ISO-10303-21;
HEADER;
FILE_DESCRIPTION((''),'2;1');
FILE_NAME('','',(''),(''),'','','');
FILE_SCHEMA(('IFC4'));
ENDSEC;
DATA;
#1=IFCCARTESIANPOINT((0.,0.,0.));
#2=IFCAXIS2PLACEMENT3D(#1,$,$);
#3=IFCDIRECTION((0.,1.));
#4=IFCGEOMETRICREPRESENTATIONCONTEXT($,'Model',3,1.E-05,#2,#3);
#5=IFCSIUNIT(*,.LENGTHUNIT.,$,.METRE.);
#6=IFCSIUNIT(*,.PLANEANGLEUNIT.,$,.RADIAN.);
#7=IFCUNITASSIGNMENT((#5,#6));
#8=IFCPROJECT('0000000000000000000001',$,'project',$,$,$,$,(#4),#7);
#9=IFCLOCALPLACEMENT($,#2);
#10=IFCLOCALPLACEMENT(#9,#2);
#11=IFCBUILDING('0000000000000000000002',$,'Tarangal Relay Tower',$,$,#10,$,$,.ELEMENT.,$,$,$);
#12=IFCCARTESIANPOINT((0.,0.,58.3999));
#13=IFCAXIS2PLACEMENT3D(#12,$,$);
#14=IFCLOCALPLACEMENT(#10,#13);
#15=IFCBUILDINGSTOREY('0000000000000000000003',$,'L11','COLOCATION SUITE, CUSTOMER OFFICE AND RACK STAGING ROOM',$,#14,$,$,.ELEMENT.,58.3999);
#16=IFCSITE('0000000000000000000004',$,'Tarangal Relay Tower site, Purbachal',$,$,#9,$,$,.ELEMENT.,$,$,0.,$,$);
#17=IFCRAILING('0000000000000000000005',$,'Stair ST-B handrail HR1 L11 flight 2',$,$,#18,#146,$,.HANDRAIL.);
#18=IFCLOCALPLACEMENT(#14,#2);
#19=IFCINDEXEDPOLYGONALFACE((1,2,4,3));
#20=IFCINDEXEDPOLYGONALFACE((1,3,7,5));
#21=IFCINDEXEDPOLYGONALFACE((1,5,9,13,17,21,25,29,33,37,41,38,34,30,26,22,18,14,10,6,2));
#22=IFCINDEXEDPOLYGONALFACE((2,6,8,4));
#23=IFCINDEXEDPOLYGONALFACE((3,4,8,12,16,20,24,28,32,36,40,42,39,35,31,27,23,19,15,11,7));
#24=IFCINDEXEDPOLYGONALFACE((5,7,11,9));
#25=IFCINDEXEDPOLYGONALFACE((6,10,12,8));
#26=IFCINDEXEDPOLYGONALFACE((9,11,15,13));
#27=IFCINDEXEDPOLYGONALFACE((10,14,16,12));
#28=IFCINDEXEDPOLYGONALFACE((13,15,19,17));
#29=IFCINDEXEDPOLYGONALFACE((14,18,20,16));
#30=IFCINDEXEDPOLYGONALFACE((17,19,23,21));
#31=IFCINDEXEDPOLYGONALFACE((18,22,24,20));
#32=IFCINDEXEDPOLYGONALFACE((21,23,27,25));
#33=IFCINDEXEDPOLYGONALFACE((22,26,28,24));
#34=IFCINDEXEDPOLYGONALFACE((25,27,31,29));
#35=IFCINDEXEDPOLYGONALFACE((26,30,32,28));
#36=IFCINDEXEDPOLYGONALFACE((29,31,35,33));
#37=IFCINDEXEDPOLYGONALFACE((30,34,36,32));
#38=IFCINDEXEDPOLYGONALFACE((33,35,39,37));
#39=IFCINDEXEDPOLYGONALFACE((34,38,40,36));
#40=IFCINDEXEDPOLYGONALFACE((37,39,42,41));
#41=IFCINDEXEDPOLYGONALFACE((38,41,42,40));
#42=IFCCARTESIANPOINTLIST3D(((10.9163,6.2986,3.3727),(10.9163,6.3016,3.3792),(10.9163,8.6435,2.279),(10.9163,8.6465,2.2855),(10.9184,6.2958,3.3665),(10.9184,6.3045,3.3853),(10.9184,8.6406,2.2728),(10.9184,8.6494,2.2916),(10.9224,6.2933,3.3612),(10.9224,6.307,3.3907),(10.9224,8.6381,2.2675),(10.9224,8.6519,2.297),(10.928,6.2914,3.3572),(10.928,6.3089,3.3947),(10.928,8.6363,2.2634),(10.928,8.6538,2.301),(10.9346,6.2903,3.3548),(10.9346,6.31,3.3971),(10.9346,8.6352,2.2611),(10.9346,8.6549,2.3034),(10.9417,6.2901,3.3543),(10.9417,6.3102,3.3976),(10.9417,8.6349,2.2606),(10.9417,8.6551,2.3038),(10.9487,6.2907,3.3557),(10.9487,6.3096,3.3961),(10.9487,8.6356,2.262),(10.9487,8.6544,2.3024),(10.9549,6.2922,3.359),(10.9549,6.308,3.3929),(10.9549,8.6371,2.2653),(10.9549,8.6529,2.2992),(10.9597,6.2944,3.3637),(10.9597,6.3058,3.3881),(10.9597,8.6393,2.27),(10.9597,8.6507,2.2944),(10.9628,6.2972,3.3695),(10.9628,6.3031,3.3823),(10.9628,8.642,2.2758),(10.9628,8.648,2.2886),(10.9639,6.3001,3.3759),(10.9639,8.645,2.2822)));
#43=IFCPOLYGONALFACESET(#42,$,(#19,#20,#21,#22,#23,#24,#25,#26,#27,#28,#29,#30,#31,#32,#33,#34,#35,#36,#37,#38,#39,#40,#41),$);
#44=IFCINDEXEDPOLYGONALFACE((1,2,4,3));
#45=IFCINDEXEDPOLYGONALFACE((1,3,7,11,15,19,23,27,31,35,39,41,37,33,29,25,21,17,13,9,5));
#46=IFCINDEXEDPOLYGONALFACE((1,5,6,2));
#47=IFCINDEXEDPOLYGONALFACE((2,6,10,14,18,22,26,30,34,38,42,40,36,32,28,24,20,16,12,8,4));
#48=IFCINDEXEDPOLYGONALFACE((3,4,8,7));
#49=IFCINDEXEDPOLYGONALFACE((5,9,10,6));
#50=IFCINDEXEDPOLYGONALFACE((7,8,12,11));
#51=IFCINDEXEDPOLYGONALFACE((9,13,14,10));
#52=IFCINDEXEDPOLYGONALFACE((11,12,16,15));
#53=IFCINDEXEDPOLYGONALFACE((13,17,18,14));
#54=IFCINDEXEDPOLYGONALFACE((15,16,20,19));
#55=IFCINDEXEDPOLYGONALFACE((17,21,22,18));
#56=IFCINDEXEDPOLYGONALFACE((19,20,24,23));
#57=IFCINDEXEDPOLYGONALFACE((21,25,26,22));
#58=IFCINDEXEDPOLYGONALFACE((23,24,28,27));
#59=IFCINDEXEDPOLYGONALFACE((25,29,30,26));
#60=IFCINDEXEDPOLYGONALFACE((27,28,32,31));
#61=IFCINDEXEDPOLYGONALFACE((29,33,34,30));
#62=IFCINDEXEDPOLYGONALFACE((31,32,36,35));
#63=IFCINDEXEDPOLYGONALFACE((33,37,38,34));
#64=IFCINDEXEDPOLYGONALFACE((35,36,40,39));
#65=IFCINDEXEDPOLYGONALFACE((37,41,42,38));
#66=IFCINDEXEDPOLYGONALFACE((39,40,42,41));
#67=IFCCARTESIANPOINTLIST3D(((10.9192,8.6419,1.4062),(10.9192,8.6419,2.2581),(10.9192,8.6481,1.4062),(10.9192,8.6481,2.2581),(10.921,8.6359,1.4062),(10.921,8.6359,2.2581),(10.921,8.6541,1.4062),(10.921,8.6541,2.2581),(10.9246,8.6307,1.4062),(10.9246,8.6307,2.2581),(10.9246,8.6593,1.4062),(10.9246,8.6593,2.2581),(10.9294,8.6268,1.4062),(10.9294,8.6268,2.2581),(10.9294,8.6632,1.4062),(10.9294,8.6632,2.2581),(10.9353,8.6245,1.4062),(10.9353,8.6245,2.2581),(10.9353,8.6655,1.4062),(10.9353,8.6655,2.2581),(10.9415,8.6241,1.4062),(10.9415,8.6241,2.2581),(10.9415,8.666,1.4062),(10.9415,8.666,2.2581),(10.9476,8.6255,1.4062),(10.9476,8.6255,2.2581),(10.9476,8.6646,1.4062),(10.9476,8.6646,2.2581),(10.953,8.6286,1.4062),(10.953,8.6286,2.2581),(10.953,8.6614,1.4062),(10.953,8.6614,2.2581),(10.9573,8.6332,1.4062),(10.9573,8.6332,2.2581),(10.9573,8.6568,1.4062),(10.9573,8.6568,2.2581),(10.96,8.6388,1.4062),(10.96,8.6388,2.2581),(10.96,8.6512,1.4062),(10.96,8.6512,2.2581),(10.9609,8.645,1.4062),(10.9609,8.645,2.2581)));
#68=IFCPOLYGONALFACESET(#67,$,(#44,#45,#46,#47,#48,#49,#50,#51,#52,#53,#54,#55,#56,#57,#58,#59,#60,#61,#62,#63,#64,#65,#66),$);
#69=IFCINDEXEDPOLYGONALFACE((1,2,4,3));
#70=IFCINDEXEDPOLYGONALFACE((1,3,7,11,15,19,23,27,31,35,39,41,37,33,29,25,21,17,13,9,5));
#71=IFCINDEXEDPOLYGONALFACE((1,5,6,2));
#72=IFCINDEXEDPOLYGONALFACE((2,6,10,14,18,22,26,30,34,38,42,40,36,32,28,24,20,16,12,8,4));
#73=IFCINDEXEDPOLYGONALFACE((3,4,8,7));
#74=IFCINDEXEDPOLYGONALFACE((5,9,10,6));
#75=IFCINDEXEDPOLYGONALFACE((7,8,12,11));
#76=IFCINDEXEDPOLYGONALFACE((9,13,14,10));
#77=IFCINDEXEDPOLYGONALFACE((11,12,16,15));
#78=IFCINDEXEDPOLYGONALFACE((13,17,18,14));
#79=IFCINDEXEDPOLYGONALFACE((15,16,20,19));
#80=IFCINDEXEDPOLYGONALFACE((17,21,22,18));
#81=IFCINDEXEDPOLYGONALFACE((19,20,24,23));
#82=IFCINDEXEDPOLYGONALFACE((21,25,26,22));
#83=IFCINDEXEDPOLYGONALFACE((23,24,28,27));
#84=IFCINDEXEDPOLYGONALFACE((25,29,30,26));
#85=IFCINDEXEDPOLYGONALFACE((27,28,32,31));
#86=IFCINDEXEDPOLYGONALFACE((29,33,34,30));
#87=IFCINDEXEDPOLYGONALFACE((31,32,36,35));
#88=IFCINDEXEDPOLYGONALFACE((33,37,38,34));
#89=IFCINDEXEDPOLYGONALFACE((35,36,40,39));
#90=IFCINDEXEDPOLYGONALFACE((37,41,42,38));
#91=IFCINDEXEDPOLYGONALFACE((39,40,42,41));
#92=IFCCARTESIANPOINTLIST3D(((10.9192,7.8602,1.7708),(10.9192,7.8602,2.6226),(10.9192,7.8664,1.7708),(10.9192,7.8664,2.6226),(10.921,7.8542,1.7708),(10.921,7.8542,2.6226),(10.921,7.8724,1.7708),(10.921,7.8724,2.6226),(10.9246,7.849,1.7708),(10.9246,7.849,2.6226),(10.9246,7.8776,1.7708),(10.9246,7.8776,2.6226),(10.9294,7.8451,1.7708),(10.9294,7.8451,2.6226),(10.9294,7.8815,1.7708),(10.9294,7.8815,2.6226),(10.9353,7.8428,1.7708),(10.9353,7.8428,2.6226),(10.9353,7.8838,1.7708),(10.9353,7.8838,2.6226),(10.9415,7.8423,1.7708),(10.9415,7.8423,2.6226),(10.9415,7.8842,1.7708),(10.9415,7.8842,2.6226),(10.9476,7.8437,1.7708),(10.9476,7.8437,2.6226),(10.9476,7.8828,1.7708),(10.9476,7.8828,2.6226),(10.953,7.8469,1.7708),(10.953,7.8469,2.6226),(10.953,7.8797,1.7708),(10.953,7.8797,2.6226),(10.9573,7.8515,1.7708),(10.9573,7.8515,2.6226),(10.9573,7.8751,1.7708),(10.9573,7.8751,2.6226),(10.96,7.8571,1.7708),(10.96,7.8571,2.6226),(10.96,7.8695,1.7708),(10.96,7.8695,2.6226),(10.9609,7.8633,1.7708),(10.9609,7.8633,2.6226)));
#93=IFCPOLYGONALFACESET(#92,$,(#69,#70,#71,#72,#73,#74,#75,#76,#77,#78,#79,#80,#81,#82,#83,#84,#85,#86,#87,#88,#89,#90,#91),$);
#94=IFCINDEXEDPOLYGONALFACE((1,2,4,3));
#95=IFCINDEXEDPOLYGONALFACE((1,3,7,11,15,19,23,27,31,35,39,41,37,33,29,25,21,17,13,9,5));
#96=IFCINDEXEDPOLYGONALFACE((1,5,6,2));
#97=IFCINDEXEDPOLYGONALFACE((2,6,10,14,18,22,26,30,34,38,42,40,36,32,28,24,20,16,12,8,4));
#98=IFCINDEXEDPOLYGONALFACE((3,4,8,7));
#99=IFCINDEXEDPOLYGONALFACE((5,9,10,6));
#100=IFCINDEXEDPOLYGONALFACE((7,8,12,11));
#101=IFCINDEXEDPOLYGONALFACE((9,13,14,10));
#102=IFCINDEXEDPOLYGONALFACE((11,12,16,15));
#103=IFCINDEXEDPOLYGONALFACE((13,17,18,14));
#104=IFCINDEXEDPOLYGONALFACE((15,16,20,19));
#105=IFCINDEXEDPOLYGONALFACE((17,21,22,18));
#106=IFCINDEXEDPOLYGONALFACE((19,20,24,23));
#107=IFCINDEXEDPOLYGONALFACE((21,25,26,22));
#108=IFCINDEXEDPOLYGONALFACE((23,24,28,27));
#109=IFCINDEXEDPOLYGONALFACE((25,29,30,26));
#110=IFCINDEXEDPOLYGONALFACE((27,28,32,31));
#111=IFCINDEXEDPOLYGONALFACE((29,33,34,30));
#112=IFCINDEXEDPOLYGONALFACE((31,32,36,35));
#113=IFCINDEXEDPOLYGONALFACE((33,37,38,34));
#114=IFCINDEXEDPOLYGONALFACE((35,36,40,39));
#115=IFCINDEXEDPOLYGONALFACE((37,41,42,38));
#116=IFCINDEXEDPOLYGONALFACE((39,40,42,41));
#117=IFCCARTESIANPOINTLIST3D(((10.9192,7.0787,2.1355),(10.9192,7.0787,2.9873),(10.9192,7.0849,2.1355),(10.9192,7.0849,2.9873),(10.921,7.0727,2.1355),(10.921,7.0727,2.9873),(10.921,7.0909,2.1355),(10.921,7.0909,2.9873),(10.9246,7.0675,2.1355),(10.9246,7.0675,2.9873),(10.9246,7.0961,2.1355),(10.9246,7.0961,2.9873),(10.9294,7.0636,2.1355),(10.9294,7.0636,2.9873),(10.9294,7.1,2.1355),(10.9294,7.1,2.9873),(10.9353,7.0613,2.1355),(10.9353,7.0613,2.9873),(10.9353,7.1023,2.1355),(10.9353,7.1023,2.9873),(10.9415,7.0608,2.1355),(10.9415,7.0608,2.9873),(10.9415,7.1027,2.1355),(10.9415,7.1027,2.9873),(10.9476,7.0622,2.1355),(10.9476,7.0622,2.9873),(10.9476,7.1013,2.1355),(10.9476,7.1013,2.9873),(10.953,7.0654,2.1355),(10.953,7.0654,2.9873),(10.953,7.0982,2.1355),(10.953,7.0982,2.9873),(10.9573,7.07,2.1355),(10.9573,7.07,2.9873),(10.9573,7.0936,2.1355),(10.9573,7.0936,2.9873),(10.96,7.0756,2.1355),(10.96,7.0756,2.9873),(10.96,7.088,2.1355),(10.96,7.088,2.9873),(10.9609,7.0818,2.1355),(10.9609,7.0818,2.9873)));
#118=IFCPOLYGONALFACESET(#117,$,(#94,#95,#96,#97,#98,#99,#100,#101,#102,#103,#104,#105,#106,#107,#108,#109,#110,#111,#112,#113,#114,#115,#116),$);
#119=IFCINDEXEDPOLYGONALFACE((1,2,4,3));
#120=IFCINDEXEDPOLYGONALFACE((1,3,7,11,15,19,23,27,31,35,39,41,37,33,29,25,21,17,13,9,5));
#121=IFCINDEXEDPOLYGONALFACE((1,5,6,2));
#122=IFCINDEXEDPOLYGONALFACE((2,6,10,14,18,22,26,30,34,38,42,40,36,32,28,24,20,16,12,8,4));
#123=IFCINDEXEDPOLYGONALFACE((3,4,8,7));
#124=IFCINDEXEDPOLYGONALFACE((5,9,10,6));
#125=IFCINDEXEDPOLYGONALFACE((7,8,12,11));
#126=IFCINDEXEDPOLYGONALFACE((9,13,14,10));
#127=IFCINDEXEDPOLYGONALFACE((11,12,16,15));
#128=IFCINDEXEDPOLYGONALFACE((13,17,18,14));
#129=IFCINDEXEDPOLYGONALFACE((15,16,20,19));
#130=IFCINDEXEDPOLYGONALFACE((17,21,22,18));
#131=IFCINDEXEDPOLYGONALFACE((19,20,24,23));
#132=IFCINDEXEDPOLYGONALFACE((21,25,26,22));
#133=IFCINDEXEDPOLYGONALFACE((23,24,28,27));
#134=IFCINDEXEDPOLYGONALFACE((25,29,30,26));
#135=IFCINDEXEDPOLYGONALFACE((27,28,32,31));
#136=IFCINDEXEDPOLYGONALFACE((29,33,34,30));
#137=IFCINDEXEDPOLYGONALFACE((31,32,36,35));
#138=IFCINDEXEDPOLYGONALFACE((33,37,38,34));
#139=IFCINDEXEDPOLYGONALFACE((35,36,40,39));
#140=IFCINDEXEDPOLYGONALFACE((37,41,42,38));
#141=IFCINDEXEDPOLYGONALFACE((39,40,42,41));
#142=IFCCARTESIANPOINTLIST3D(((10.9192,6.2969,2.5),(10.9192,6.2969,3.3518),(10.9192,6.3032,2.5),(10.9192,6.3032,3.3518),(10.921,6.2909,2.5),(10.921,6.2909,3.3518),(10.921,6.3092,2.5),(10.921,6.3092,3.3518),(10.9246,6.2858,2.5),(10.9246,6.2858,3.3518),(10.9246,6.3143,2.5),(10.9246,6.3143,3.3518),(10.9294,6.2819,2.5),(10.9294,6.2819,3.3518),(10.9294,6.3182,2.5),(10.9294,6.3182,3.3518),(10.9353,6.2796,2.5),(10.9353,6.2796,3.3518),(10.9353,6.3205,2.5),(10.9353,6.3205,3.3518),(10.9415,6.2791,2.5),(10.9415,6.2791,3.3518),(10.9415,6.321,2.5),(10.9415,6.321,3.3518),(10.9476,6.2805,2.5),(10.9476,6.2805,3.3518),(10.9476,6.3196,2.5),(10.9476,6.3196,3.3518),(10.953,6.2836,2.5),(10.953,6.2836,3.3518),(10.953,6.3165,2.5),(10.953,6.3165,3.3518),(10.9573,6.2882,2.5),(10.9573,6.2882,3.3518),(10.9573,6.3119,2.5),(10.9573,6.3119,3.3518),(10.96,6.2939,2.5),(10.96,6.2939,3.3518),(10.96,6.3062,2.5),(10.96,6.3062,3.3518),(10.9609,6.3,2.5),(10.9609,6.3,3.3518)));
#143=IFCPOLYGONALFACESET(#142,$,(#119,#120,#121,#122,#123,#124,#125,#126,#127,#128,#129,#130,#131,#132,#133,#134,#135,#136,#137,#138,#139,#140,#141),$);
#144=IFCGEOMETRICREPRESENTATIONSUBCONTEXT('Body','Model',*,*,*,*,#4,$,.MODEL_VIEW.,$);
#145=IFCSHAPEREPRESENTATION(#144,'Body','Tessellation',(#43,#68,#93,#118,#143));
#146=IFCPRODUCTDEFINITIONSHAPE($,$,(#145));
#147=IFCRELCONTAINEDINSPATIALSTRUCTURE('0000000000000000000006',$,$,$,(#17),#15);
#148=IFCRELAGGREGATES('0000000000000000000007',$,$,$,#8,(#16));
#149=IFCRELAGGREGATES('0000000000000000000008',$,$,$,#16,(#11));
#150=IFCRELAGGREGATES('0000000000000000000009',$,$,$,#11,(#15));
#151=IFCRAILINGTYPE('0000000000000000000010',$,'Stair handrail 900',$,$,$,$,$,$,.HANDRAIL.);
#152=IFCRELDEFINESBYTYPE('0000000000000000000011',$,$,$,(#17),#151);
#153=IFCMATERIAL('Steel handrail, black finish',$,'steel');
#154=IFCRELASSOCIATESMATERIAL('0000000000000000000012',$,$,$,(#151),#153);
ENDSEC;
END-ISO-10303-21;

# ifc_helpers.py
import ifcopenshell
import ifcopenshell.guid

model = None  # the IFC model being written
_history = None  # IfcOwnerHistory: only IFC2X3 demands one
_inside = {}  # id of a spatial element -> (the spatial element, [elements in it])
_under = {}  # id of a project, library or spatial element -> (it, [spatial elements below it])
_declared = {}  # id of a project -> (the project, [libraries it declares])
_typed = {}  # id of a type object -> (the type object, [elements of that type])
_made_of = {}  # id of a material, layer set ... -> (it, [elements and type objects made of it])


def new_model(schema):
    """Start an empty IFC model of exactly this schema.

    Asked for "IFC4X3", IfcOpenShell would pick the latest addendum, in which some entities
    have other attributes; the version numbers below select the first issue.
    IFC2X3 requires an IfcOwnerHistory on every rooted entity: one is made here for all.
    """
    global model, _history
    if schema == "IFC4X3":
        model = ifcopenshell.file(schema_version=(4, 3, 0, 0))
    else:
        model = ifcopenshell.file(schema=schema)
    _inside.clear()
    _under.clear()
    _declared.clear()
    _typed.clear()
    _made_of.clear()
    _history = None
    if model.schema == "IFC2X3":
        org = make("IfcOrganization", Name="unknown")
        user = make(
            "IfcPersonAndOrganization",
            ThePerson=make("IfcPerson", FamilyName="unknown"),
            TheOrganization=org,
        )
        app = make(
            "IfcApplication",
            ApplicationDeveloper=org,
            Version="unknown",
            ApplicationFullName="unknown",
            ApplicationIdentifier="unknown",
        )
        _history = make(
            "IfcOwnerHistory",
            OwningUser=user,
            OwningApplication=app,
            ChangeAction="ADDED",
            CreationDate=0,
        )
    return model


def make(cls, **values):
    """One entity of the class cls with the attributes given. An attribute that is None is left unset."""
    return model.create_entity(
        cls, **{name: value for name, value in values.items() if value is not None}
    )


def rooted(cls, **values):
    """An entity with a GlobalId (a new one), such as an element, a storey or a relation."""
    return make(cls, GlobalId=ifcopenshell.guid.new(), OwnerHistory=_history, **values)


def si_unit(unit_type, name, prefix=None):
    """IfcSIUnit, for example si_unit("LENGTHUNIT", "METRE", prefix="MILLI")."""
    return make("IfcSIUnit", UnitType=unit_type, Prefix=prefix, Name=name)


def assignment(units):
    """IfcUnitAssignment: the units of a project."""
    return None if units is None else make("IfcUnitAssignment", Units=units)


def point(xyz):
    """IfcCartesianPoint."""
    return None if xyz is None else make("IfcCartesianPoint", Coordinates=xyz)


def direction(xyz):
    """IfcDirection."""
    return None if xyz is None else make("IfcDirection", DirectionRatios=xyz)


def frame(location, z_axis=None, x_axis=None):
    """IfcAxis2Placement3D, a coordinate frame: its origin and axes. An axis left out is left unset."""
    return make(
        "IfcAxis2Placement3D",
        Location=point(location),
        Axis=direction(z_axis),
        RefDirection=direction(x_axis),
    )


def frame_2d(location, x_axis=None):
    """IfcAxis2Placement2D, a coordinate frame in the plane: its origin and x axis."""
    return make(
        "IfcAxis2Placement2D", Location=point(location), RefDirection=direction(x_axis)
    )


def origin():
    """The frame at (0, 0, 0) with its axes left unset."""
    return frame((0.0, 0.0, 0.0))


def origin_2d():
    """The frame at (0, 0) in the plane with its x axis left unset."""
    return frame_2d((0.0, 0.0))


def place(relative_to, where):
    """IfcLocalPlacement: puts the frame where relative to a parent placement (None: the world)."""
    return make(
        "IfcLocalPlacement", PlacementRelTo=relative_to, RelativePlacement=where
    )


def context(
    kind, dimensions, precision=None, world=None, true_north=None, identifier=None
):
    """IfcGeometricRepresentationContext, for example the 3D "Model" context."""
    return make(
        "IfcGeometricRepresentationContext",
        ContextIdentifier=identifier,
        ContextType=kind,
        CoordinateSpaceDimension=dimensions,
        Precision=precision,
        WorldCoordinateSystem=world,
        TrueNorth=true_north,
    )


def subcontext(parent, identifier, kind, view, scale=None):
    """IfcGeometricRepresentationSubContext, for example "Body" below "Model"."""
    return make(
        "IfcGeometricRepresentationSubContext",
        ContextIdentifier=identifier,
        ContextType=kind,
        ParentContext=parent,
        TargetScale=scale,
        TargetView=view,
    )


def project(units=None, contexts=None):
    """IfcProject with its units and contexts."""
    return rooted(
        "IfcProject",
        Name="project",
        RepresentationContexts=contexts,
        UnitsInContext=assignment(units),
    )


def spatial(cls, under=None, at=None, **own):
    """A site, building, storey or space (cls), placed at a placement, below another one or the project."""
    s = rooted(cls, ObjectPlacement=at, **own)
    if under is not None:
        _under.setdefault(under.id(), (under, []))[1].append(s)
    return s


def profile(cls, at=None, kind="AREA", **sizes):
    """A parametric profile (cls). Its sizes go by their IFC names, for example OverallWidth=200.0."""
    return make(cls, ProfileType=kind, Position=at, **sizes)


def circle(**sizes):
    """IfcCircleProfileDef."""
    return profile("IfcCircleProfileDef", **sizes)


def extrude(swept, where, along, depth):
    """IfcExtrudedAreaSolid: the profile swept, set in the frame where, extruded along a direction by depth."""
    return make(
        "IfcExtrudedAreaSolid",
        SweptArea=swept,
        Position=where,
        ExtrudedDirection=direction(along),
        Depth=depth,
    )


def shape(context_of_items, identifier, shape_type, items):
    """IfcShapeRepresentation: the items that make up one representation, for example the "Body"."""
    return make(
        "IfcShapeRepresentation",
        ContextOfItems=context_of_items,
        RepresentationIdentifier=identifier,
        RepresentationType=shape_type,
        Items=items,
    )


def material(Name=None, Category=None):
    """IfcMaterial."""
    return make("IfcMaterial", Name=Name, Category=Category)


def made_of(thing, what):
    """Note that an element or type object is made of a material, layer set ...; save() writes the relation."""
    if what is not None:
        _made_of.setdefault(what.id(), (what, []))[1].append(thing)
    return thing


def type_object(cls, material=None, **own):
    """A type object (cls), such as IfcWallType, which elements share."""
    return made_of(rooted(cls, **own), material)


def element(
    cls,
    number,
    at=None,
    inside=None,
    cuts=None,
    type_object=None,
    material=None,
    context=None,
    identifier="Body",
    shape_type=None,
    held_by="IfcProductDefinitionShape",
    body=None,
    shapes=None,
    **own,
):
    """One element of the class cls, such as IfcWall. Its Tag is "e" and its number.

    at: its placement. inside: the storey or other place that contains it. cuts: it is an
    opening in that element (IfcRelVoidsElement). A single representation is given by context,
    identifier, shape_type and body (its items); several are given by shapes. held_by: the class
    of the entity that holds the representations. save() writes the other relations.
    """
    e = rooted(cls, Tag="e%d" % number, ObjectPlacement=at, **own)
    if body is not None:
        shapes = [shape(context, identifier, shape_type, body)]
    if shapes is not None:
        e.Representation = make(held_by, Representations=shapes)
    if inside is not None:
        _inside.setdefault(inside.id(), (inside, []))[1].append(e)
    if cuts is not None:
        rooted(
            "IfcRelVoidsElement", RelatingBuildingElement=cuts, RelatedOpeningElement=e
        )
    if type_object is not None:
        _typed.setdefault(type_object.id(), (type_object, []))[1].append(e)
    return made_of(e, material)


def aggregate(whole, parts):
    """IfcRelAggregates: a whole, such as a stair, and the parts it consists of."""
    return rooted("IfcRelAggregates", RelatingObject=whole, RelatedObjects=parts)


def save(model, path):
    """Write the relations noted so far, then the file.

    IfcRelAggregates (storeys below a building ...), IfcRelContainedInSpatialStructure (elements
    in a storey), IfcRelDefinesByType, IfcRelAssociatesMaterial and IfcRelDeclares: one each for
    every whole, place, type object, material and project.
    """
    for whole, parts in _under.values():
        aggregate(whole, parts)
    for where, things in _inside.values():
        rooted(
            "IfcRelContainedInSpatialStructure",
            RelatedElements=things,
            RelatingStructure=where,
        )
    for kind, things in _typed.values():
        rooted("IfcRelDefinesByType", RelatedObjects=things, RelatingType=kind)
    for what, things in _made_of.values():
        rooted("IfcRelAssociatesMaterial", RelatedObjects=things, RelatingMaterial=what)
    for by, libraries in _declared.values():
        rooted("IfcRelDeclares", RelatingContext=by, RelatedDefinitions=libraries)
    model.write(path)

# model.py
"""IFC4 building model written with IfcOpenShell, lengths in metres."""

from ifc_helpers import new_model, si_unit, direction, frame, origin, origin_2d, place, context, subcontext, project, spatial, circle, extrude, material, type_object, element, save


model = new_model("IFC4")

# Units and contexts
model_context = context("Model", 3, precision=1e-05, world=origin(), true_north=direction((0.0, 1.0)))
body_context = subcontext(model_context, "Body", "Model", "MODEL_VIEW")
ifc_project = project(units=[si_unit("LENGTHUNIT", "METRE"), si_unit("PLANEANGLEUNIT", "RADIAN")], contexts=[model_context])

# Site, building, storey
site_placement = place(None, origin())
site = spatial("IfcSite", under=ifc_project, at=site_placement, Name="Tarangal Relay Tower site, Purbachal", CompositionType="ELEMENT", RefElevation=0.0)
building_placement = place(site_placement, origin())
building = spatial("IfcBuilding", under=site, at=building_placement, Name="Tarangal Relay Tower", CompositionType="ELEMENT")
storey_placement = place(building_placement, frame((0.0, 0.0, 58.3999)))
storey = spatial("IfcBuildingStorey", under=building, at=storey_placement, Name="L11", Description="COLOCATION SUITE, CUSTOMER OFFICE AND RACK STAGING ROOM", CompositionType="ELEMENT", Elevation=58.3999)

# Railing
ifc_material_1 = material(Name="Steel handrail, black finish", Category="steel")
railing_type_1 = type_object("IfcRailingType", Name="Stair handrail 900", PredefinedType="HANDRAIL", material=ifc_material_1)
for number, where, name in (
    (1, (10.9399, 8.645, 1.4062), "Stair ST-B handrail HR1 L11 flight 2"),
):
    element("IfcRailing", number, at=place(storey_placement, frame(where)), inside=storey, type_object=railing_type_1, Name=name, PredefinedType="HANDRAIL", context=body_context, shape_type="SweptSolid", body=[
        extrude(circle(Radius=0.0239, at=origin_2d()), frame((0.0, 0.0, 0.876), z_axis=(0.0, -0.906267, 0.422705), x_axis=(1.0, 0.0, 0.0)), (0.0, 0.0, 1.0), 2.5874),
        extrude(circle(Radius=0.021, at=origin_2d()), origin(), (0.0, 0.0, 1.0), 0.8518),
        extrude(circle(Radius=0.021, at=origin_2d()), frame((0.0, -0.7817, 0.3645)), (0.0, 0.0, 1.0), 0.8518),
        extrude(circle(Radius=0.021, at=origin_2d()), frame((0.0, -1.5632, 0.7292)), (0.0, 0.0, 1.0), 0.8518),
        extrude(circle(Radius=0.021, at=origin_2d()), frame((0.0, -2.345, 1.0938)), (0.0, 0.0, 1.0), 0.8518),
    ])

save(model, "model.ifc")
